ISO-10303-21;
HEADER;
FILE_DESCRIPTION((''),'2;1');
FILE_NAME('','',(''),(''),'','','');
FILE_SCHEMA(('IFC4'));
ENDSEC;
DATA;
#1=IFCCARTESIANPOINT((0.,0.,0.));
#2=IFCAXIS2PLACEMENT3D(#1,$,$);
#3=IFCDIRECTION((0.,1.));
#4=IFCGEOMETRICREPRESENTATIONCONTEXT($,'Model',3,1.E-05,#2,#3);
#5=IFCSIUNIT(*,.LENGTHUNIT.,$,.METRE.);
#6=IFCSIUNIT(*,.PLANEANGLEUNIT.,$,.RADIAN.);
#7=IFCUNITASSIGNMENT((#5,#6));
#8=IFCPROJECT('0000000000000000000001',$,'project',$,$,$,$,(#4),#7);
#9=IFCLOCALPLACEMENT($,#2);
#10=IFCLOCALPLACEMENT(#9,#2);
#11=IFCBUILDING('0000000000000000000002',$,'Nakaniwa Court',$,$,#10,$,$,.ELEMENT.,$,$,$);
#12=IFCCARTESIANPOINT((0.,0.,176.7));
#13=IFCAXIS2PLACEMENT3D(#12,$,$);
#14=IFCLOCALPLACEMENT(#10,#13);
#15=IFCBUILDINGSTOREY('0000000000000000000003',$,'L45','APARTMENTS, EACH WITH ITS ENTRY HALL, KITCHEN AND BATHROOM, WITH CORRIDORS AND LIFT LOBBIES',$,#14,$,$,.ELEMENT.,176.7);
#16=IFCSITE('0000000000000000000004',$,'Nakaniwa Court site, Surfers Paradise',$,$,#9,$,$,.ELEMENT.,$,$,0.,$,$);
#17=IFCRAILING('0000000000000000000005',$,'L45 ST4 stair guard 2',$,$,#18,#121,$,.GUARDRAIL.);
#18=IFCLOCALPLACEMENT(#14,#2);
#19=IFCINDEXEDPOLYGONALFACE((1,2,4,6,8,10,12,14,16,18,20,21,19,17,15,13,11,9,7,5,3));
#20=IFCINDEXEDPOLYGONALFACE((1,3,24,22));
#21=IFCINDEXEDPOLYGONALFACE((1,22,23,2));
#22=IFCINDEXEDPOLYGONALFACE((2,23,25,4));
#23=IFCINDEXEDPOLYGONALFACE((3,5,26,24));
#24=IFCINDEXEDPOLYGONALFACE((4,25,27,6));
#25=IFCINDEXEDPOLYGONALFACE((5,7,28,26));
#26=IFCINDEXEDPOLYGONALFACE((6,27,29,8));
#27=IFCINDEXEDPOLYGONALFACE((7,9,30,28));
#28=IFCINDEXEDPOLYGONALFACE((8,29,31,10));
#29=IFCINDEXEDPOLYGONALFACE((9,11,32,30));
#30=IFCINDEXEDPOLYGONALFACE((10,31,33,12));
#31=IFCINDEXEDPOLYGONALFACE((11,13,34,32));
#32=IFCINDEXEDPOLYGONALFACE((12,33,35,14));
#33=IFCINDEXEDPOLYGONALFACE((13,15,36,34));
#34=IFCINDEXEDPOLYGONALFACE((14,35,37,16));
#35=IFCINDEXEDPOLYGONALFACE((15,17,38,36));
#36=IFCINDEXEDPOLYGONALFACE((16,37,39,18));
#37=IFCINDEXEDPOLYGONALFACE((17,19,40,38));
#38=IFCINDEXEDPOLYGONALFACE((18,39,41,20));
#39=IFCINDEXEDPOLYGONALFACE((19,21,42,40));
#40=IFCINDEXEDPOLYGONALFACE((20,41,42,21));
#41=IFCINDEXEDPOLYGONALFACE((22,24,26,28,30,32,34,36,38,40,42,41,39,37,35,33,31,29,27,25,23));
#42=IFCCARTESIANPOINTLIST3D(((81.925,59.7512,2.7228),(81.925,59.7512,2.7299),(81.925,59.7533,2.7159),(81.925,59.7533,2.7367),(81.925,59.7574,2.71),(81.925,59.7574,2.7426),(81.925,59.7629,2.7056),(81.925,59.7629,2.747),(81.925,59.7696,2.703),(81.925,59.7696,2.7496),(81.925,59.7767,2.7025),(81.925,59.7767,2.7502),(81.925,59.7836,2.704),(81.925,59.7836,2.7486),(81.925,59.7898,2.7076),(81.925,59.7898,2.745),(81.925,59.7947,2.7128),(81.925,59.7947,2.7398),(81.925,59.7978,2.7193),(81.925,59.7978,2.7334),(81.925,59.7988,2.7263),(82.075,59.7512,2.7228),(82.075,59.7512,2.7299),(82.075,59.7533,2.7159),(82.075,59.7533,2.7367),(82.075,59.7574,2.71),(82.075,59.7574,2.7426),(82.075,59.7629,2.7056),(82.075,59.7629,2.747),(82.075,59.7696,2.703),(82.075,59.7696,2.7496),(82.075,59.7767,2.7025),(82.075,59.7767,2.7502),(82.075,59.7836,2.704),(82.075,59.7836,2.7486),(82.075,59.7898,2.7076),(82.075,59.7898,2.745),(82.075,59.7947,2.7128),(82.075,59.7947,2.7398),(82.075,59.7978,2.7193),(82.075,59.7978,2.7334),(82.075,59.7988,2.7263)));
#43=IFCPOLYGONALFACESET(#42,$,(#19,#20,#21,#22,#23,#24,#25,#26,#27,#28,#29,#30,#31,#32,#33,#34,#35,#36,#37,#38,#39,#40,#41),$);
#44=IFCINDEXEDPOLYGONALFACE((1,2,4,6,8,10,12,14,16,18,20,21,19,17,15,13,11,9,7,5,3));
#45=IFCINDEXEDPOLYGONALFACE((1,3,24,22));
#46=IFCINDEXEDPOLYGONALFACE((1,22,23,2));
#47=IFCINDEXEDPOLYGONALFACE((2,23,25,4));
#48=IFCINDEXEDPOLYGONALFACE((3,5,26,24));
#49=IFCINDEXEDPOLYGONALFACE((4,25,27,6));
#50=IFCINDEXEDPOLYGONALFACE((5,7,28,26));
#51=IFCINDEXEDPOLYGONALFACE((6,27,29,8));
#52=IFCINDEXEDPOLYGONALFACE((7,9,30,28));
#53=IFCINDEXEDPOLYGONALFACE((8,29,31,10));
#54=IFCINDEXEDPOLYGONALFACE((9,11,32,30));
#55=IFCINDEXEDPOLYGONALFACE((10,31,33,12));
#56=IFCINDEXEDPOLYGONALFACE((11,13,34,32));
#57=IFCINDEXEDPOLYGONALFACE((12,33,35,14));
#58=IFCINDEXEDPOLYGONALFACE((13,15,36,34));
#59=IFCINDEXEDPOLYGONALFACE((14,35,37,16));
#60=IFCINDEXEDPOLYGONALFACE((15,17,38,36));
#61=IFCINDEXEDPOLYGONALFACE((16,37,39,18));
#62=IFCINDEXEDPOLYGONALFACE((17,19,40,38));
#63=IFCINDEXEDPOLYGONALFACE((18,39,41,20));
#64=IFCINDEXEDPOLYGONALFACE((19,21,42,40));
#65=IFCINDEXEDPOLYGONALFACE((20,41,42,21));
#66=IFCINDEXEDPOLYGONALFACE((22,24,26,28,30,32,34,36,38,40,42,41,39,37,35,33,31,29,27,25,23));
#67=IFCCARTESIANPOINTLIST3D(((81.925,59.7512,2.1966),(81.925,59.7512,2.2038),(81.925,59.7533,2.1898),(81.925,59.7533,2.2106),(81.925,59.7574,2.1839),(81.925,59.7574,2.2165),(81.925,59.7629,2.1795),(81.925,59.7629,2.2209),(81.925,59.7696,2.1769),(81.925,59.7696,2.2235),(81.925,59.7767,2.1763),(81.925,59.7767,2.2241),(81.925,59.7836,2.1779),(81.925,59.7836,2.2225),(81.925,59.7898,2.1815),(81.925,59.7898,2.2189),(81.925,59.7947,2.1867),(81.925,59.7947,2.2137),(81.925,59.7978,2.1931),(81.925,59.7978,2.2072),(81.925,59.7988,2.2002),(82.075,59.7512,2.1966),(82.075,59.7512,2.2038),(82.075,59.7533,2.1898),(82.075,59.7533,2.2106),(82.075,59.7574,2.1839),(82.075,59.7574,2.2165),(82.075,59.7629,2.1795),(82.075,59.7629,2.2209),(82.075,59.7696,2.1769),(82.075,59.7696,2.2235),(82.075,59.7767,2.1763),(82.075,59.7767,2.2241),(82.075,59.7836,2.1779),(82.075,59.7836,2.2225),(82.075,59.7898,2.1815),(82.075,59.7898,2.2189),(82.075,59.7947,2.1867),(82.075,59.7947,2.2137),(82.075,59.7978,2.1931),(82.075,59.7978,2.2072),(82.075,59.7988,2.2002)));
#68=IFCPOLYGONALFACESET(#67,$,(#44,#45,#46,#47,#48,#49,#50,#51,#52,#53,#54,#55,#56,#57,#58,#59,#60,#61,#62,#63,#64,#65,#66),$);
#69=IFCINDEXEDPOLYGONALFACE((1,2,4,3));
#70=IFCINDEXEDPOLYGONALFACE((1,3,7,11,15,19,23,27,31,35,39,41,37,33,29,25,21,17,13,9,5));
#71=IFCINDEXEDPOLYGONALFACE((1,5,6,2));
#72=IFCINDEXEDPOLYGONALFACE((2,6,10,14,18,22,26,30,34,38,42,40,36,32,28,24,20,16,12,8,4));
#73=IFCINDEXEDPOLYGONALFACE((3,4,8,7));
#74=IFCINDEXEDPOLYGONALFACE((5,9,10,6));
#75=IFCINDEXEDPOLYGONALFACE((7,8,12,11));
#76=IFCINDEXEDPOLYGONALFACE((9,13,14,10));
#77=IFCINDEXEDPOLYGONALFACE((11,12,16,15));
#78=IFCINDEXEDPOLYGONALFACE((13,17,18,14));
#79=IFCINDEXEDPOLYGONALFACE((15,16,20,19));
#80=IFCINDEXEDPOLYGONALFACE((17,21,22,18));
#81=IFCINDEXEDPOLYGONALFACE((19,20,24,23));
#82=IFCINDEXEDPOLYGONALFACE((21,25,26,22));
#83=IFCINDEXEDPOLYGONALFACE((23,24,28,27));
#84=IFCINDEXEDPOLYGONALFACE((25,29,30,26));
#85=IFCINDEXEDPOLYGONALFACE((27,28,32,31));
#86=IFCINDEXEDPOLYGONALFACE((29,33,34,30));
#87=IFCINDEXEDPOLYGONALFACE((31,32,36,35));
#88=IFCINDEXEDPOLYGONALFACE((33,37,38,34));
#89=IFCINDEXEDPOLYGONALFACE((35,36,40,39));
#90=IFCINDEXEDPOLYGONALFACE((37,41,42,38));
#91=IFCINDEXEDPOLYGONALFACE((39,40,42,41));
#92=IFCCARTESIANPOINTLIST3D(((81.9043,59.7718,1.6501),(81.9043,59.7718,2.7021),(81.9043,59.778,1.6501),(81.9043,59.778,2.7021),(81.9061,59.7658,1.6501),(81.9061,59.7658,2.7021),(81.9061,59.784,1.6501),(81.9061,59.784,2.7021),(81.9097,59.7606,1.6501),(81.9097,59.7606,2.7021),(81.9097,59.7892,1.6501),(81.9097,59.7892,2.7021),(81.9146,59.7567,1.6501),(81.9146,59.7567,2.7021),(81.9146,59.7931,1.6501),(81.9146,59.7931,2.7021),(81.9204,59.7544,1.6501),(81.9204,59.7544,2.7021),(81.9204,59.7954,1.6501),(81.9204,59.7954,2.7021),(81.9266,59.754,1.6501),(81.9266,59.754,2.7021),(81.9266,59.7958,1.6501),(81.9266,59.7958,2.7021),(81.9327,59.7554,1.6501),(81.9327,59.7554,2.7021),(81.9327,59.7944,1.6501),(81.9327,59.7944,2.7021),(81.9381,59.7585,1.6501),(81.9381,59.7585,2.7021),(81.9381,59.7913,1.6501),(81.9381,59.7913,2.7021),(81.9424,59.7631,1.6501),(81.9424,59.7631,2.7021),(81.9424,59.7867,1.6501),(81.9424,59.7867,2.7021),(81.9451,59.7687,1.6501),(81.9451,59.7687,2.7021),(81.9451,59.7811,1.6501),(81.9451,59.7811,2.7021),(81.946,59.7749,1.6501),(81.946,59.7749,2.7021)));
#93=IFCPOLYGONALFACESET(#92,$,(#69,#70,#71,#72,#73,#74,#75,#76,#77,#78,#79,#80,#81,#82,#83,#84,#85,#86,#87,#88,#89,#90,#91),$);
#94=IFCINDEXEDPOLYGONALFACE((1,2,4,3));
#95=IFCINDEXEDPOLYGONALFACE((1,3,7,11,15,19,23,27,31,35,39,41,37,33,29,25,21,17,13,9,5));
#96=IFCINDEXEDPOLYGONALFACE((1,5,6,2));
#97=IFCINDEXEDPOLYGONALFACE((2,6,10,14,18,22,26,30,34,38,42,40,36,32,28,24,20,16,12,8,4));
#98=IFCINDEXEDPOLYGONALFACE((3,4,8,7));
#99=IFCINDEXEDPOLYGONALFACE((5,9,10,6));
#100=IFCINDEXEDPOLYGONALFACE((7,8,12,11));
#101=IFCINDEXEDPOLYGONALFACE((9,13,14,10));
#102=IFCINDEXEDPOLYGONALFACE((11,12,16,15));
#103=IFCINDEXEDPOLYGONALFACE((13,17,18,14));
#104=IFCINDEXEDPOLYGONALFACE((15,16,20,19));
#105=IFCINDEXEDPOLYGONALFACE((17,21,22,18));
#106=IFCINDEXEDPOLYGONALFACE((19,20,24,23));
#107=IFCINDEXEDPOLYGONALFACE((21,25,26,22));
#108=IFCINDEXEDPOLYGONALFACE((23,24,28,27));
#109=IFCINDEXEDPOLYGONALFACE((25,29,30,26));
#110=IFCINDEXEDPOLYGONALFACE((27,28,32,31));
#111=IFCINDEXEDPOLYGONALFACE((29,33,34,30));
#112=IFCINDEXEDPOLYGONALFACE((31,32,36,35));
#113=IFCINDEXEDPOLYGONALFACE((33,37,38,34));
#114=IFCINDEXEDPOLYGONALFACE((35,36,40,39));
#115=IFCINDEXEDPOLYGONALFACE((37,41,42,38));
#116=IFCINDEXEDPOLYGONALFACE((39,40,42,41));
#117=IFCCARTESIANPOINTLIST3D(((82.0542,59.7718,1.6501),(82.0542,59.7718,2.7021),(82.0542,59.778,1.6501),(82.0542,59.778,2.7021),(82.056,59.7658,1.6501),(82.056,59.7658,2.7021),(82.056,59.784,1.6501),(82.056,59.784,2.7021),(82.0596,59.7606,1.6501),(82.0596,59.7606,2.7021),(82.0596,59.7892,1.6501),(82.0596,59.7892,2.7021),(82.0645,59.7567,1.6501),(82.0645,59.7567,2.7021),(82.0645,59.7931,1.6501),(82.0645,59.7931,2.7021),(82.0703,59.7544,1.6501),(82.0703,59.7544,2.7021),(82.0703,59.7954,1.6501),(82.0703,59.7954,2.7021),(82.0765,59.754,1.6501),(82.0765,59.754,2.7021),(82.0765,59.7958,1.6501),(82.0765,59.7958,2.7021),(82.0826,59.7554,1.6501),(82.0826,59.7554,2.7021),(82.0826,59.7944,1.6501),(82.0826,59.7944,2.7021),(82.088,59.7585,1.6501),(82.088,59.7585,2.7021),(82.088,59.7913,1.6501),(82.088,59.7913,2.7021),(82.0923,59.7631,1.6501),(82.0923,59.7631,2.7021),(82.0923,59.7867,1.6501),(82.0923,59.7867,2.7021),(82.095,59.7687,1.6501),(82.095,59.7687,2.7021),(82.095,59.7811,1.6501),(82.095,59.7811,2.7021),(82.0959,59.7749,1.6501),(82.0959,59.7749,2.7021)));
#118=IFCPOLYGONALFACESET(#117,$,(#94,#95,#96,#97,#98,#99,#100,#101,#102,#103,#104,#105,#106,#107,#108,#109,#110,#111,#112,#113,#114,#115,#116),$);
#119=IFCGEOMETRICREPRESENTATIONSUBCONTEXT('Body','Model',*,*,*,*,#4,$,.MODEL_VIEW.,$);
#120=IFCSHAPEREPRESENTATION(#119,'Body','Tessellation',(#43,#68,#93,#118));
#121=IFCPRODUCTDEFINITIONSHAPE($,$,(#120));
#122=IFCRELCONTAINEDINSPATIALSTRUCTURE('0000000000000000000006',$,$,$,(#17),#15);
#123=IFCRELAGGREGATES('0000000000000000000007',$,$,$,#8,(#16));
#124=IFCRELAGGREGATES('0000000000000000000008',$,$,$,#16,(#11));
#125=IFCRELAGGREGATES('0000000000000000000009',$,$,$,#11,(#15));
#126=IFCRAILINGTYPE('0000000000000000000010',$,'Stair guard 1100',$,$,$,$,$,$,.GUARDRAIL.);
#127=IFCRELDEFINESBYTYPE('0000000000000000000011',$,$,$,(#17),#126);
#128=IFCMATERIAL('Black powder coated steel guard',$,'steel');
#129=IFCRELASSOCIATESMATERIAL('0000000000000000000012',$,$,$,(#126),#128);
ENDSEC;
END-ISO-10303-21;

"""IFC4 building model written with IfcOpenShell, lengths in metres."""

from ifc_helpers import new_model, si_unit, direction, frame, origin, origin_2d, place, context, subcontext, project, spatial, circle, extrude, material, type_object, element, save


model = new_model("IFC4")

# Units and contexts
model_context = context("Model", 3, precision=1e-05, world=origin(), true_north=direction((0.0, 1.0)))
body_context = subcontext(model_context, "Body", "Model", "MODEL_VIEW")
ifc_project = project(units=[si_unit("LENGTHUNIT", "METRE"), si_unit("PLANEANGLEUNIT", "RADIAN")], contexts=[model_context])

# Site, building, storey
site_placement = place(None, origin())
site = spatial("IfcSite", under=ifc_project, at=site_placement, Name="Nakaniwa Court site, Surfers Paradise", CompositionType="ELEMENT", RefElevation=0.0)
building_placement = place(site_placement, origin())
building = spatial("IfcBuilding", under=site, at=building_placement, Name="Nakaniwa Court", CompositionType="ELEMENT")
storey_placement = place(building_placement, frame((0.0, 0.0, 176.7)))
storey = spatial("IfcBuildingStorey", under=building, at=storey_placement, Name="L45", Description="APARTMENTS, EACH WITH ITS ENTRY HALL, KITCHEN AND BATHROOM, WITH CORRIDORS AND LIFT LOBBIES", CompositionType="ELEMENT", Elevation=176.7)

# Railing
ifc_material_1 = material(Name="Black powder coated steel guard", Category="steel")
railing_type_1 = type_object("IfcRailingType", Name="Stair guard 1100", PredefinedType="GUARDRAIL", material=ifc_material_1)
railing_1_placement = place(storey_placement, frame((81.925, 59.7749, 1.6501)))
element("IfcRailing", 1, at=railing_1_placement, inside=storey, type_object=railing_type_1, Name="L45 ST4 stair guard 2", PredefinedType="GUARDRAIL", context=body_context, shape_type="SweptSolid", body=[
    extrude(circle(Radius=0.0239, at=origin_2d()), frame((0.0, 0.0, 1.0762), z_axis=(1.0, 0.0, 0.0), x_axis=(0.0, 1.0, 0.0)), (0.0, 0.0, 1.0), 0.1499),
    extrude(circle(Radius=0.0239, at=origin_2d()), frame((0.0, 0.0, 0.55), z_axis=(1.0, 0.0, 0.0), x_axis=(0.0, 1.0, 0.0)), (0.0, 0.0, 1.0), 0.1499),
    extrude(circle(Radius=0.021, at=origin_2d()), origin(), (0.0, 0.0, 1.0), 1.052),
    extrude(circle(Radius=0.021, at=origin_2d()), frame((0.1499, 0.0, 0.0)), (0.0, 0.0, 1.0), 1.052),
])

save(model, "model.ifc")
